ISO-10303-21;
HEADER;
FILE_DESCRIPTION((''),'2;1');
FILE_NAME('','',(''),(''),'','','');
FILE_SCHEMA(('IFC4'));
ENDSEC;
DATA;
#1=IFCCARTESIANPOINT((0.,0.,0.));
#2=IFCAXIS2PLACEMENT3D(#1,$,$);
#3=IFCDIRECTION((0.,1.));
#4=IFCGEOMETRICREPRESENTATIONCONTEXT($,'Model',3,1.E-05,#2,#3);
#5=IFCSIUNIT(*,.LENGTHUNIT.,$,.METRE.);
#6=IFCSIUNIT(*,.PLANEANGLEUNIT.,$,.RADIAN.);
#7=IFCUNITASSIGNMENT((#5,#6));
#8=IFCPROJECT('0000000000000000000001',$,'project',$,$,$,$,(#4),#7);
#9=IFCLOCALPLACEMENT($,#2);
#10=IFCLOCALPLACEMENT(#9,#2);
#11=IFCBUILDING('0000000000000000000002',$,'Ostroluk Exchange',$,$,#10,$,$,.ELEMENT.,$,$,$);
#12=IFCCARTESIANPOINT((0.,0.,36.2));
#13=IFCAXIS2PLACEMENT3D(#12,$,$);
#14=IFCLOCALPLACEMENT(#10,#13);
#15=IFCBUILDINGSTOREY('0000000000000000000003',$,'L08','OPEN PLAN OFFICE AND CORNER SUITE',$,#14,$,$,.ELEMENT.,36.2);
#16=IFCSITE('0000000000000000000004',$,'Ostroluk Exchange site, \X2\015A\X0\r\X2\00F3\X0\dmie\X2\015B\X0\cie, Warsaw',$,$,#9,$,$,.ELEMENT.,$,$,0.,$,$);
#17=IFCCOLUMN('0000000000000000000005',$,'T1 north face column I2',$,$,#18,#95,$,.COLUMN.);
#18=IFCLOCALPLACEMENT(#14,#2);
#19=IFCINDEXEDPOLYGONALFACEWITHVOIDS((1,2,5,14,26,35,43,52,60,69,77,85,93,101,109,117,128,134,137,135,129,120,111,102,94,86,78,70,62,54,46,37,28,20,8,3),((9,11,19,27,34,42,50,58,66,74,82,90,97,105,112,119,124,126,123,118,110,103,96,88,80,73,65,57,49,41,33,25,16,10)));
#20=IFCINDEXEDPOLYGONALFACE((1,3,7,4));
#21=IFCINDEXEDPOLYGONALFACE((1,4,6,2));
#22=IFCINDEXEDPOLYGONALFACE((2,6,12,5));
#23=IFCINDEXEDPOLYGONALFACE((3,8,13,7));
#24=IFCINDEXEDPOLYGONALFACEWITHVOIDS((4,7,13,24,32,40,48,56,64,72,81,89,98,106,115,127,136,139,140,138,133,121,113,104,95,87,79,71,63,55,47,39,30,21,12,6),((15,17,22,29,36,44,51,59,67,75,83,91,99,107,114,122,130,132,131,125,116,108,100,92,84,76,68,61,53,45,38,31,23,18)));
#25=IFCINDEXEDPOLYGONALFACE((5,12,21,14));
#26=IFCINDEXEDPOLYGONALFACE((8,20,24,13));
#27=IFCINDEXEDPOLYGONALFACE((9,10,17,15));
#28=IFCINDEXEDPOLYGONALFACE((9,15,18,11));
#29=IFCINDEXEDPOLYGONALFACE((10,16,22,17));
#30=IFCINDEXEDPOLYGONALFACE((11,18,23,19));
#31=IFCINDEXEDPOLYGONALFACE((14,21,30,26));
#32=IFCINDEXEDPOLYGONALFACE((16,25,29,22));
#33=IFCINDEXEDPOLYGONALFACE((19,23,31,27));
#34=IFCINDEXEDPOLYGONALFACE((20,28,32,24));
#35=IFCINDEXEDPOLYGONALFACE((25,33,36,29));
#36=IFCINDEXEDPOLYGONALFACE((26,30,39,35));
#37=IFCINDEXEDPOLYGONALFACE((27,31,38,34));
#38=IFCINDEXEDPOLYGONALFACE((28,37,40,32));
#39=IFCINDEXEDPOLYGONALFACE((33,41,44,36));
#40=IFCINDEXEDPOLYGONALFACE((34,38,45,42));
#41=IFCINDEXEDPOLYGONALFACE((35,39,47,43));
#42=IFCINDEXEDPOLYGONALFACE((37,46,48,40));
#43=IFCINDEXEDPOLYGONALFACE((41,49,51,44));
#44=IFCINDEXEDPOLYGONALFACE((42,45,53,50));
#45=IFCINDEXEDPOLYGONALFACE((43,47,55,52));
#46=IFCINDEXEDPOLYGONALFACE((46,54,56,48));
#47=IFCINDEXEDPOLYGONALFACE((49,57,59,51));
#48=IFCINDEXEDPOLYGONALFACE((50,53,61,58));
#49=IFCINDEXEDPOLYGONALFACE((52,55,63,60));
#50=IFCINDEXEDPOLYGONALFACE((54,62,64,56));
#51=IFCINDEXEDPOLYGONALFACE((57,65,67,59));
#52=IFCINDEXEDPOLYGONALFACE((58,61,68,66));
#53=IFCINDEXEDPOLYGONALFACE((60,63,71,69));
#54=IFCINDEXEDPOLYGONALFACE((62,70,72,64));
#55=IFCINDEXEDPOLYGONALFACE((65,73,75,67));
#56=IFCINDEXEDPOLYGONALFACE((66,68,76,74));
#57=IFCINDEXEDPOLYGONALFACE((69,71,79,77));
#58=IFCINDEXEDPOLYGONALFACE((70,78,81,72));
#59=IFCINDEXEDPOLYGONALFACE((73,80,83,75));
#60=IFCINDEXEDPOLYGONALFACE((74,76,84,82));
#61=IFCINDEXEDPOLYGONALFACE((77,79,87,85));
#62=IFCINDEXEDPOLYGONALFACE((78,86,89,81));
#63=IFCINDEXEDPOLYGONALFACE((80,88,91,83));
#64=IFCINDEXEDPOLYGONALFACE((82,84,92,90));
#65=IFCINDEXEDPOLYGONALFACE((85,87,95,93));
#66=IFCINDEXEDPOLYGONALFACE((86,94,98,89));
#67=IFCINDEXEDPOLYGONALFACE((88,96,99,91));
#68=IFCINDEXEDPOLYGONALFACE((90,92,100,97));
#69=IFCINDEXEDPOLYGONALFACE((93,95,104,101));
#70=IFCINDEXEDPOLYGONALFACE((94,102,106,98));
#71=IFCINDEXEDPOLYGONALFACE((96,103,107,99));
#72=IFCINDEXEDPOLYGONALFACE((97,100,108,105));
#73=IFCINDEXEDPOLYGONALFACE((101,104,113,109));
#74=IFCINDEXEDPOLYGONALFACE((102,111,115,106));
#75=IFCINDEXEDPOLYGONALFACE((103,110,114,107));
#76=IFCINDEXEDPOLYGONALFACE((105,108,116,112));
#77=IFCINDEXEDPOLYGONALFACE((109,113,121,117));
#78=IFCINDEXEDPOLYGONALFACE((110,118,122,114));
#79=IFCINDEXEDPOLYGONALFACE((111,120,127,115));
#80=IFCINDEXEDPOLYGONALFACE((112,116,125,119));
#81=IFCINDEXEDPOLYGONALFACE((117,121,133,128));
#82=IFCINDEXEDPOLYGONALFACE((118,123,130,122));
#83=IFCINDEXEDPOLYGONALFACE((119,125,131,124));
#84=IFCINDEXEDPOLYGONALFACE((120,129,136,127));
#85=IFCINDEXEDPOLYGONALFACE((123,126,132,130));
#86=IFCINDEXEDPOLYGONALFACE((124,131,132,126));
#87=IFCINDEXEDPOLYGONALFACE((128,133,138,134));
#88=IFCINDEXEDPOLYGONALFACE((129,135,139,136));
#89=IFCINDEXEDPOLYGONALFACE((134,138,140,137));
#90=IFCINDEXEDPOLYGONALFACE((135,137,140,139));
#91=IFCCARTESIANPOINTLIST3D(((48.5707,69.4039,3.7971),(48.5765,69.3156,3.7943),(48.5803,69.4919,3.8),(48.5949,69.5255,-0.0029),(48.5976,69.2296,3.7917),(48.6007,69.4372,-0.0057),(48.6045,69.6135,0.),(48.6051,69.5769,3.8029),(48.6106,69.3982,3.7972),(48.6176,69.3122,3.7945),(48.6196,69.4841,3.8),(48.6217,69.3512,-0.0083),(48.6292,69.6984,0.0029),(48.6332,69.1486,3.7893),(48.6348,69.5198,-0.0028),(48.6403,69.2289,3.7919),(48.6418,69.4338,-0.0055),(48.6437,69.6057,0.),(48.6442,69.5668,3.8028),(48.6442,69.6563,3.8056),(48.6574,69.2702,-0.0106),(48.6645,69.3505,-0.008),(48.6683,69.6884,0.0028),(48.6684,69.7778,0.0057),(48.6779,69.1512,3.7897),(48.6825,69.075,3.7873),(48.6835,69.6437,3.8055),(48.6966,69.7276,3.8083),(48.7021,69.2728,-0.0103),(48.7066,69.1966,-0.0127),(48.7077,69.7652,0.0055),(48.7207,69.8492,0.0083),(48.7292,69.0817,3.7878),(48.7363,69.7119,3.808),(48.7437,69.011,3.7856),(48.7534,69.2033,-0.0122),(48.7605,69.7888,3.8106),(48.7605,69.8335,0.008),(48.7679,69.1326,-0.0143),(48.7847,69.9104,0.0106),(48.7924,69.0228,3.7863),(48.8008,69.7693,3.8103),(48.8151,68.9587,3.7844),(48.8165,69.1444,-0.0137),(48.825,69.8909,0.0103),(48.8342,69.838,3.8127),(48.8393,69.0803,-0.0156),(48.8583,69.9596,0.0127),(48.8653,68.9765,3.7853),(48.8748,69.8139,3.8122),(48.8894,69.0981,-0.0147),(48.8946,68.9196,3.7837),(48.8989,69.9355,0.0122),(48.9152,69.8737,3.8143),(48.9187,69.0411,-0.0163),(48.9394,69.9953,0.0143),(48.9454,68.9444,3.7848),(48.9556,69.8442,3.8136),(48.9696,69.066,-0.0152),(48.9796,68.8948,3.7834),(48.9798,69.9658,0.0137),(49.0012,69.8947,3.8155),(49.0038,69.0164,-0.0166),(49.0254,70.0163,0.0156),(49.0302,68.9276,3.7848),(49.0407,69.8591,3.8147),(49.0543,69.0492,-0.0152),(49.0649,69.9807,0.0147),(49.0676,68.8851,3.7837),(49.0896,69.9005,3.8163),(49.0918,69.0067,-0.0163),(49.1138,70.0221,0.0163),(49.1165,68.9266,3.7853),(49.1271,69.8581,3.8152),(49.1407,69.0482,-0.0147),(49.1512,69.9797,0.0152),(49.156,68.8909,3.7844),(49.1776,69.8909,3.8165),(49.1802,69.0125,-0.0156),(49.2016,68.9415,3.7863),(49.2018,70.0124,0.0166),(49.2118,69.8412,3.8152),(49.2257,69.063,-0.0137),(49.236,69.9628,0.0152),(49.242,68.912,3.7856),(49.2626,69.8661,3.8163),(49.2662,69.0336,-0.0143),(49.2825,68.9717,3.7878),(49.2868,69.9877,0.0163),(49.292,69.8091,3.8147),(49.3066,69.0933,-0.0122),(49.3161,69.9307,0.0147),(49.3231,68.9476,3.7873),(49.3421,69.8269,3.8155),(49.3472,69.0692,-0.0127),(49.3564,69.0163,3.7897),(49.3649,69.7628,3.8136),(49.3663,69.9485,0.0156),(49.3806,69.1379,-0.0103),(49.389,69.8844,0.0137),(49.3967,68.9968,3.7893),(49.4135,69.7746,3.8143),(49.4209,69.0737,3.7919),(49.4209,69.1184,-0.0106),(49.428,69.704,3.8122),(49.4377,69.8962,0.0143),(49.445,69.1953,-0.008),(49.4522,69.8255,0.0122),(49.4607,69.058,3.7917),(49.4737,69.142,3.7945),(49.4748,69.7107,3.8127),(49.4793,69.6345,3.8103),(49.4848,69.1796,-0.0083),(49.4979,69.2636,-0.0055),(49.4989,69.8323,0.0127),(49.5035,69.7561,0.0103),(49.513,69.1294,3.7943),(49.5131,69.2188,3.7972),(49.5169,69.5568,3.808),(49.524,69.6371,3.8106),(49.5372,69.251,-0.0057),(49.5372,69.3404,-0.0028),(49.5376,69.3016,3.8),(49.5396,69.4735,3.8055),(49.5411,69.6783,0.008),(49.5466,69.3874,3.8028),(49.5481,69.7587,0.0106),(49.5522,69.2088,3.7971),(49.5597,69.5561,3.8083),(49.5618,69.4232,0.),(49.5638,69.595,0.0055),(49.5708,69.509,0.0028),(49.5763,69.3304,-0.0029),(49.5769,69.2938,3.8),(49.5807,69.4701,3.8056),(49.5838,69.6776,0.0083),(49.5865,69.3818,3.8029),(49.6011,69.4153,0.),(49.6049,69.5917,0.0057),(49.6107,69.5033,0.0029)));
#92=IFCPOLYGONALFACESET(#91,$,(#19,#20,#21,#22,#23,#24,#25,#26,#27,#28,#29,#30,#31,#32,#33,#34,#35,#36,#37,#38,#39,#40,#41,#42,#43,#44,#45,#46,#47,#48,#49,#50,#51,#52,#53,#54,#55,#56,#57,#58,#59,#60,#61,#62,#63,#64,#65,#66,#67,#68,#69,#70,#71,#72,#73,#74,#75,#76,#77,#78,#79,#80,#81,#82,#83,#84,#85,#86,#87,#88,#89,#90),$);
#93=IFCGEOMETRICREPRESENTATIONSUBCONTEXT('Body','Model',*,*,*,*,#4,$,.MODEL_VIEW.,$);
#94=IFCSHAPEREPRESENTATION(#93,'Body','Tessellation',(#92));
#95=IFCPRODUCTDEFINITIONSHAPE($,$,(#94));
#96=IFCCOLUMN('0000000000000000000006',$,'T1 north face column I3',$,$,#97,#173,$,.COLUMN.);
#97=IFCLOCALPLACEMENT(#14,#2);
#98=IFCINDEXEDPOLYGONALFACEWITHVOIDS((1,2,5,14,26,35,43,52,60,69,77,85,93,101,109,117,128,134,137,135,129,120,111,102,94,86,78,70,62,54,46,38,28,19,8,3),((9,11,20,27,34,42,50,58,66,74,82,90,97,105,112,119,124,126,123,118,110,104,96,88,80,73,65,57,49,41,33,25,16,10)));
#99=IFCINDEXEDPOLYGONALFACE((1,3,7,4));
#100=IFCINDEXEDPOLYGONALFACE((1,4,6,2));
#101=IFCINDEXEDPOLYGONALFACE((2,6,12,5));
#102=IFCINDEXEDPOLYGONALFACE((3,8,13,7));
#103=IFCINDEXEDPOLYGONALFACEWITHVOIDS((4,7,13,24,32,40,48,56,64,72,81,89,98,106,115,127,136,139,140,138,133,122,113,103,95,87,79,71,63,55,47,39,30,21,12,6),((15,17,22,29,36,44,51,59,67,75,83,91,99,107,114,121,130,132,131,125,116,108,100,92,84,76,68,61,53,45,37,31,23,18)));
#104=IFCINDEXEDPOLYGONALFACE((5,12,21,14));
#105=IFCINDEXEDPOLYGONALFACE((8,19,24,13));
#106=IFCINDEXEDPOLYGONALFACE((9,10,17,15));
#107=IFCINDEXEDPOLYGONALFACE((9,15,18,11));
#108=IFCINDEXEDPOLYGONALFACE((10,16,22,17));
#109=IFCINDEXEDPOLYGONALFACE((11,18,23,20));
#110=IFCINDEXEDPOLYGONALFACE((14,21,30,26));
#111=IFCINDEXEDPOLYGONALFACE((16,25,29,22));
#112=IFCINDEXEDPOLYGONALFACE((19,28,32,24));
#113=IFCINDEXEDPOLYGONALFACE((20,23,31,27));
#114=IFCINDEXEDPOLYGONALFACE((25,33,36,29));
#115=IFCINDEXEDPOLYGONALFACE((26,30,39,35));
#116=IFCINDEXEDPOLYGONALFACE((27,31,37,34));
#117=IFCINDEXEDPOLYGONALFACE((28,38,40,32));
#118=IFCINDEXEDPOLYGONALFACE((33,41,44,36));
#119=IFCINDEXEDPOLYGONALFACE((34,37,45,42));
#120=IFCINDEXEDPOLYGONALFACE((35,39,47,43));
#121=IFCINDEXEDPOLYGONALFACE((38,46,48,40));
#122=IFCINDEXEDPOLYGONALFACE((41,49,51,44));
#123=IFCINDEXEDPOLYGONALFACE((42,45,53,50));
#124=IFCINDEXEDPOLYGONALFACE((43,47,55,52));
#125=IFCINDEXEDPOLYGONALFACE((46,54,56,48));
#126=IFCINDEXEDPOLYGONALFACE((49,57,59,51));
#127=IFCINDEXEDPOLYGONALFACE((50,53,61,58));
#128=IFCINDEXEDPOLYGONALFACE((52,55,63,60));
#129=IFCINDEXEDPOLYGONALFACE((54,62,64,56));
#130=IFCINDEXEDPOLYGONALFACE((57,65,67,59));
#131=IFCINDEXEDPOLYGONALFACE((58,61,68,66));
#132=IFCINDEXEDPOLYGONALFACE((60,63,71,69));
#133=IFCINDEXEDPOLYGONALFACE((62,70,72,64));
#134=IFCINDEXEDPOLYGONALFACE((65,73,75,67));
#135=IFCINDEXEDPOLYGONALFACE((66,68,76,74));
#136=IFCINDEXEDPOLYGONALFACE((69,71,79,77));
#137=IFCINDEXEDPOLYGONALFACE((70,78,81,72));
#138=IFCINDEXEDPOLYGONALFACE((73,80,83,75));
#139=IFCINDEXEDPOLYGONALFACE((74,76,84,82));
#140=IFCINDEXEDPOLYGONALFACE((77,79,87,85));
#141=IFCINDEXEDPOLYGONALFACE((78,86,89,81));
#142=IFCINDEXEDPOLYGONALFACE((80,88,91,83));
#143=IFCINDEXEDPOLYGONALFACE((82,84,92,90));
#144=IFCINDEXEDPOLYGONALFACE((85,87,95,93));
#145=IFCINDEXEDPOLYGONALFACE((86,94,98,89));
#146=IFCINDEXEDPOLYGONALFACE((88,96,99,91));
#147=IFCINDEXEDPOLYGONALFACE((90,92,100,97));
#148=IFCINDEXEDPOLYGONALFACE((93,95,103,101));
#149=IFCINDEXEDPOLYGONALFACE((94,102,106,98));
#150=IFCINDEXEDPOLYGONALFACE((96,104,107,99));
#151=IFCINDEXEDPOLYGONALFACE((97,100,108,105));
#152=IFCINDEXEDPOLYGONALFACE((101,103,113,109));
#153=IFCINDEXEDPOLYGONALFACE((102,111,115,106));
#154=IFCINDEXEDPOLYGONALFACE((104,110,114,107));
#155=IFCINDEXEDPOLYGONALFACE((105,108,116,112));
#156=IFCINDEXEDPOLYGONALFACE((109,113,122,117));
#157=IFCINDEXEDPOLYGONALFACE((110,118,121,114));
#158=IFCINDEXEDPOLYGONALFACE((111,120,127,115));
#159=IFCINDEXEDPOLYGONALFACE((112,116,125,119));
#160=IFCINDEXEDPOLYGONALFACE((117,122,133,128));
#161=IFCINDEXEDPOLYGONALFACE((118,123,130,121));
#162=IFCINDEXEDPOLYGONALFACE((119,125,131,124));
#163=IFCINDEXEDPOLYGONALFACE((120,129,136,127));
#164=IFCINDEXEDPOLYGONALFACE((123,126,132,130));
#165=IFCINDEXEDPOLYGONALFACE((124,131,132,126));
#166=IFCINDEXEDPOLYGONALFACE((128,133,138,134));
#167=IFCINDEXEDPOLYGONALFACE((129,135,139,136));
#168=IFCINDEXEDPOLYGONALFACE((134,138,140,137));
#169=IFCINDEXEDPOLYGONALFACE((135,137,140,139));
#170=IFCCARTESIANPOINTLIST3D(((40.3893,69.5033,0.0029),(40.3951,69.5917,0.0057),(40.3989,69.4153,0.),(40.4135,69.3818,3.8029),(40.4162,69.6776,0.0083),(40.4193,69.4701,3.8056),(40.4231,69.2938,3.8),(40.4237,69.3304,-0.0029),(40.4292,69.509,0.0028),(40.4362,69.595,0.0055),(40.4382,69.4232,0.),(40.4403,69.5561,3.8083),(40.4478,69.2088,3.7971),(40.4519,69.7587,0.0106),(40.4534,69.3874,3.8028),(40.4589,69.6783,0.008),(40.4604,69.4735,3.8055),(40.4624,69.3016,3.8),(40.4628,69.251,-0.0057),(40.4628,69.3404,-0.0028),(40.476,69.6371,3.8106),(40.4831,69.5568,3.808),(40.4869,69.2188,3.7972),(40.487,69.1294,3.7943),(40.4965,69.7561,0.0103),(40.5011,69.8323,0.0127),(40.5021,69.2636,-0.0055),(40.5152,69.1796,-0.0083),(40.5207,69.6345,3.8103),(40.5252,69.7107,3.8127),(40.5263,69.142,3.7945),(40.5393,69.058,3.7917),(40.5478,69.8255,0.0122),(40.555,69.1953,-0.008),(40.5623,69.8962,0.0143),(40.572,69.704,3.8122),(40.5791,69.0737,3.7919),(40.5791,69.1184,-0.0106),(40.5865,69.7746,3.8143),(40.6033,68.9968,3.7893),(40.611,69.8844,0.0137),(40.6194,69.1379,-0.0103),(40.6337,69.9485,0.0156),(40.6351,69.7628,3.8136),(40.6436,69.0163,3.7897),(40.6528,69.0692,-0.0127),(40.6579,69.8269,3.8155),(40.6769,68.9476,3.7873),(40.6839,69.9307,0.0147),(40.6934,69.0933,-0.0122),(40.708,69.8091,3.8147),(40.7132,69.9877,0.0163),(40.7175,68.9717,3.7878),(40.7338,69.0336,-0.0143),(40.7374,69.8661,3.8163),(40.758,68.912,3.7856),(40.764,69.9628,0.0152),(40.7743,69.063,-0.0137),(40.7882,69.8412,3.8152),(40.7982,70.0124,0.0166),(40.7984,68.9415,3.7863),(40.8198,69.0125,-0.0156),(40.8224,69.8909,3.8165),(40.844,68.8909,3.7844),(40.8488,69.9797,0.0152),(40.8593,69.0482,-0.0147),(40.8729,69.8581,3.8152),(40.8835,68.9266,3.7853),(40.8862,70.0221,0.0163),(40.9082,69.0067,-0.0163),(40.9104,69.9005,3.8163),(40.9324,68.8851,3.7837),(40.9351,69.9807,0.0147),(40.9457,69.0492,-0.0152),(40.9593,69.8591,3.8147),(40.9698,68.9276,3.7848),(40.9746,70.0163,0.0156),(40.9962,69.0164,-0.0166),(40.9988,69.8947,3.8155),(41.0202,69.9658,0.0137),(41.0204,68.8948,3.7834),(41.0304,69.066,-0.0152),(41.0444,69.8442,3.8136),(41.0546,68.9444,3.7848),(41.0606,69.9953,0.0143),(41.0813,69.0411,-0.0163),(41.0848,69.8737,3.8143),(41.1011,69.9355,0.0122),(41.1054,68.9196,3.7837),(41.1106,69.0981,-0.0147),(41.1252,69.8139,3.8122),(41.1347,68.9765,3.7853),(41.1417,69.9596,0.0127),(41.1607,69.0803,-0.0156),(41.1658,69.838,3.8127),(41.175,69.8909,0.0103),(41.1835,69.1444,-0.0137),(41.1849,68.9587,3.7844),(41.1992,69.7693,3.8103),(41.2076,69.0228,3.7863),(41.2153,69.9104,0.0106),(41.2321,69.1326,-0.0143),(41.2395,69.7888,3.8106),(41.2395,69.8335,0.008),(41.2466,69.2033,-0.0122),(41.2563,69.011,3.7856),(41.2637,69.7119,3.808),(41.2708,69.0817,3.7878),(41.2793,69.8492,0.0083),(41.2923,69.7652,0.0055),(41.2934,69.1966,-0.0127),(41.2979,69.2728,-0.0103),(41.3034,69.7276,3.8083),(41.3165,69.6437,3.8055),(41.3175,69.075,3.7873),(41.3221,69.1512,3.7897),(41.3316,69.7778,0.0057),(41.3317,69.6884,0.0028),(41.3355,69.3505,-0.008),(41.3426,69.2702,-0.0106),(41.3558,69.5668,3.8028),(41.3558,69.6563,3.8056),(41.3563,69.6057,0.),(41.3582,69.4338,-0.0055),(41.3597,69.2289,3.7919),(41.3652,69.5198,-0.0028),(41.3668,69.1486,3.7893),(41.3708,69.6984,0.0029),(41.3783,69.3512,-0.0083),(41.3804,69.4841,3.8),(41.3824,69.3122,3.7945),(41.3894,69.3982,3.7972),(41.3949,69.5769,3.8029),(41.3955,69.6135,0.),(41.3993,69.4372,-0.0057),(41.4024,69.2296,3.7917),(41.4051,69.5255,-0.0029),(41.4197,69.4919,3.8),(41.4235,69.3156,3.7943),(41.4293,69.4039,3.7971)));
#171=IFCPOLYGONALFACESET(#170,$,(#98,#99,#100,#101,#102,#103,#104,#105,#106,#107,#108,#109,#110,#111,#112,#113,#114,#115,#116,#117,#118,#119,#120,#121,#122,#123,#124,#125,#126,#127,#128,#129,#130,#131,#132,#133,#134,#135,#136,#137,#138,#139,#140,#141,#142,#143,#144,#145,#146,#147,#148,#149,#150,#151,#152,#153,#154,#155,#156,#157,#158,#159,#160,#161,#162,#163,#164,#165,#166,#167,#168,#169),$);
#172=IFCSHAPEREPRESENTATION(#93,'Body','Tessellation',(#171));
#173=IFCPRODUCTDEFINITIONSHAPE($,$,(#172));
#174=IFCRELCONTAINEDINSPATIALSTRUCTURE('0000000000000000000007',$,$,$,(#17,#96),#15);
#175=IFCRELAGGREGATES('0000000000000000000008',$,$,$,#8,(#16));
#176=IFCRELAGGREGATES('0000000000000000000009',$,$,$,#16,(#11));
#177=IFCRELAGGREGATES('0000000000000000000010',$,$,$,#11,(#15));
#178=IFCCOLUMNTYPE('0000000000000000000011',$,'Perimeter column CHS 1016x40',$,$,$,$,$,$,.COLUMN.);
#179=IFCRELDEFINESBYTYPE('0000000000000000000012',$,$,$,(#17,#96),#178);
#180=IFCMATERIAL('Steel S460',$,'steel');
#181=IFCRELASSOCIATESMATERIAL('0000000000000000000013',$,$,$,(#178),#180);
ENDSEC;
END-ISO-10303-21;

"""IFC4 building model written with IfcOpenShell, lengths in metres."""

from ifc_helpers import new_model, si_unit, direction, frame, origin, origin_2d, place, context, subcontext, project, spatial, hollow_circle, extrude, material, material_profile, profile_set, type_object, element, save


model = new_model("IFC4")

# Units and contexts
model_context = context("Model", 3, precision=1e-05, world=origin(), true_north=direction((0.0, 1.0)))
body_context = subcontext(model_context, "Body", "Model", "MODEL_VIEW")
ifc_project = project(units=[si_unit("LENGTHUNIT", "METRE"), si_unit("PLANEANGLEUNIT", "RADIAN")], contexts=[model_context])

# Site, building, storey
site_placement = place(None, origin())
site = spatial("IfcSite", under=ifc_project, at=site_placement, Name="Ostroluk Exchange site, Śródmieście, Warsaw", CompositionType="ELEMENT", RefElevation=0.0)
building_placement = place(site_placement, origin())
building = spatial("IfcBuilding", under=site, at=building_placement, Name="Ostroluk Exchange", CompositionType="ELEMENT")
storey_placement = place(building_placement, frame((0.0, 0.0, 36.2)))
storey = spatial("IfcBuildingStorey", under=building, at=storey_placement, Name="L08", Description="OPEN PLAN OFFICE AND CORNER SUITE", CompositionType="ELEMENT", Elevation=36.2)

# Columns
ifc_material_1 = material(Name="Steel S460", Category="steel")
ifc_material_profile_1 = material_profile(ifc_material_1, hollow_circle(Radius=0.5081, WallThickness=0.04, at=origin_2d()), Name="CHS 1016x40")
ifc_profile_set_1 = profile_set([ifc_material_profile_1], Name="Steel S460")
column_type = type_object("IfcColumnType", Name="Perimeter column CHS 1016x40", PredefinedType="COLUMN", material=ifc_profile_set_1)
for number, where, z_axis, x_axis, name in (
    (1, (49.1028, 69.5144, 0.0), (-0.006357, -0.031978, 0.999468), (0.980807, -0.19498, 0.0), "T1 north face column I2"),
    (2, (40.8972, 69.5144, 0.0), (0.006357, -0.031978, 0.999468), (0.980807, 0.19498, 0.0), "T1 north face column I3"),
):
    element("IfcColumn", number, at=place(storey_placement, frame(where, z_axis=z_axis, x_axis=x_axis)), inside=storey, type_object=column_type, Name=name, PredefinedType="COLUMN", context=body_context, shape_type="SweptSolid", body=[
        extrude(hollow_circle(Radius=0.5081, WallThickness=0.04, at=origin_2d()), origin(), (0.0, 0.0, 1.0), 3.802),
    ])

save(model, "model.ifc")
